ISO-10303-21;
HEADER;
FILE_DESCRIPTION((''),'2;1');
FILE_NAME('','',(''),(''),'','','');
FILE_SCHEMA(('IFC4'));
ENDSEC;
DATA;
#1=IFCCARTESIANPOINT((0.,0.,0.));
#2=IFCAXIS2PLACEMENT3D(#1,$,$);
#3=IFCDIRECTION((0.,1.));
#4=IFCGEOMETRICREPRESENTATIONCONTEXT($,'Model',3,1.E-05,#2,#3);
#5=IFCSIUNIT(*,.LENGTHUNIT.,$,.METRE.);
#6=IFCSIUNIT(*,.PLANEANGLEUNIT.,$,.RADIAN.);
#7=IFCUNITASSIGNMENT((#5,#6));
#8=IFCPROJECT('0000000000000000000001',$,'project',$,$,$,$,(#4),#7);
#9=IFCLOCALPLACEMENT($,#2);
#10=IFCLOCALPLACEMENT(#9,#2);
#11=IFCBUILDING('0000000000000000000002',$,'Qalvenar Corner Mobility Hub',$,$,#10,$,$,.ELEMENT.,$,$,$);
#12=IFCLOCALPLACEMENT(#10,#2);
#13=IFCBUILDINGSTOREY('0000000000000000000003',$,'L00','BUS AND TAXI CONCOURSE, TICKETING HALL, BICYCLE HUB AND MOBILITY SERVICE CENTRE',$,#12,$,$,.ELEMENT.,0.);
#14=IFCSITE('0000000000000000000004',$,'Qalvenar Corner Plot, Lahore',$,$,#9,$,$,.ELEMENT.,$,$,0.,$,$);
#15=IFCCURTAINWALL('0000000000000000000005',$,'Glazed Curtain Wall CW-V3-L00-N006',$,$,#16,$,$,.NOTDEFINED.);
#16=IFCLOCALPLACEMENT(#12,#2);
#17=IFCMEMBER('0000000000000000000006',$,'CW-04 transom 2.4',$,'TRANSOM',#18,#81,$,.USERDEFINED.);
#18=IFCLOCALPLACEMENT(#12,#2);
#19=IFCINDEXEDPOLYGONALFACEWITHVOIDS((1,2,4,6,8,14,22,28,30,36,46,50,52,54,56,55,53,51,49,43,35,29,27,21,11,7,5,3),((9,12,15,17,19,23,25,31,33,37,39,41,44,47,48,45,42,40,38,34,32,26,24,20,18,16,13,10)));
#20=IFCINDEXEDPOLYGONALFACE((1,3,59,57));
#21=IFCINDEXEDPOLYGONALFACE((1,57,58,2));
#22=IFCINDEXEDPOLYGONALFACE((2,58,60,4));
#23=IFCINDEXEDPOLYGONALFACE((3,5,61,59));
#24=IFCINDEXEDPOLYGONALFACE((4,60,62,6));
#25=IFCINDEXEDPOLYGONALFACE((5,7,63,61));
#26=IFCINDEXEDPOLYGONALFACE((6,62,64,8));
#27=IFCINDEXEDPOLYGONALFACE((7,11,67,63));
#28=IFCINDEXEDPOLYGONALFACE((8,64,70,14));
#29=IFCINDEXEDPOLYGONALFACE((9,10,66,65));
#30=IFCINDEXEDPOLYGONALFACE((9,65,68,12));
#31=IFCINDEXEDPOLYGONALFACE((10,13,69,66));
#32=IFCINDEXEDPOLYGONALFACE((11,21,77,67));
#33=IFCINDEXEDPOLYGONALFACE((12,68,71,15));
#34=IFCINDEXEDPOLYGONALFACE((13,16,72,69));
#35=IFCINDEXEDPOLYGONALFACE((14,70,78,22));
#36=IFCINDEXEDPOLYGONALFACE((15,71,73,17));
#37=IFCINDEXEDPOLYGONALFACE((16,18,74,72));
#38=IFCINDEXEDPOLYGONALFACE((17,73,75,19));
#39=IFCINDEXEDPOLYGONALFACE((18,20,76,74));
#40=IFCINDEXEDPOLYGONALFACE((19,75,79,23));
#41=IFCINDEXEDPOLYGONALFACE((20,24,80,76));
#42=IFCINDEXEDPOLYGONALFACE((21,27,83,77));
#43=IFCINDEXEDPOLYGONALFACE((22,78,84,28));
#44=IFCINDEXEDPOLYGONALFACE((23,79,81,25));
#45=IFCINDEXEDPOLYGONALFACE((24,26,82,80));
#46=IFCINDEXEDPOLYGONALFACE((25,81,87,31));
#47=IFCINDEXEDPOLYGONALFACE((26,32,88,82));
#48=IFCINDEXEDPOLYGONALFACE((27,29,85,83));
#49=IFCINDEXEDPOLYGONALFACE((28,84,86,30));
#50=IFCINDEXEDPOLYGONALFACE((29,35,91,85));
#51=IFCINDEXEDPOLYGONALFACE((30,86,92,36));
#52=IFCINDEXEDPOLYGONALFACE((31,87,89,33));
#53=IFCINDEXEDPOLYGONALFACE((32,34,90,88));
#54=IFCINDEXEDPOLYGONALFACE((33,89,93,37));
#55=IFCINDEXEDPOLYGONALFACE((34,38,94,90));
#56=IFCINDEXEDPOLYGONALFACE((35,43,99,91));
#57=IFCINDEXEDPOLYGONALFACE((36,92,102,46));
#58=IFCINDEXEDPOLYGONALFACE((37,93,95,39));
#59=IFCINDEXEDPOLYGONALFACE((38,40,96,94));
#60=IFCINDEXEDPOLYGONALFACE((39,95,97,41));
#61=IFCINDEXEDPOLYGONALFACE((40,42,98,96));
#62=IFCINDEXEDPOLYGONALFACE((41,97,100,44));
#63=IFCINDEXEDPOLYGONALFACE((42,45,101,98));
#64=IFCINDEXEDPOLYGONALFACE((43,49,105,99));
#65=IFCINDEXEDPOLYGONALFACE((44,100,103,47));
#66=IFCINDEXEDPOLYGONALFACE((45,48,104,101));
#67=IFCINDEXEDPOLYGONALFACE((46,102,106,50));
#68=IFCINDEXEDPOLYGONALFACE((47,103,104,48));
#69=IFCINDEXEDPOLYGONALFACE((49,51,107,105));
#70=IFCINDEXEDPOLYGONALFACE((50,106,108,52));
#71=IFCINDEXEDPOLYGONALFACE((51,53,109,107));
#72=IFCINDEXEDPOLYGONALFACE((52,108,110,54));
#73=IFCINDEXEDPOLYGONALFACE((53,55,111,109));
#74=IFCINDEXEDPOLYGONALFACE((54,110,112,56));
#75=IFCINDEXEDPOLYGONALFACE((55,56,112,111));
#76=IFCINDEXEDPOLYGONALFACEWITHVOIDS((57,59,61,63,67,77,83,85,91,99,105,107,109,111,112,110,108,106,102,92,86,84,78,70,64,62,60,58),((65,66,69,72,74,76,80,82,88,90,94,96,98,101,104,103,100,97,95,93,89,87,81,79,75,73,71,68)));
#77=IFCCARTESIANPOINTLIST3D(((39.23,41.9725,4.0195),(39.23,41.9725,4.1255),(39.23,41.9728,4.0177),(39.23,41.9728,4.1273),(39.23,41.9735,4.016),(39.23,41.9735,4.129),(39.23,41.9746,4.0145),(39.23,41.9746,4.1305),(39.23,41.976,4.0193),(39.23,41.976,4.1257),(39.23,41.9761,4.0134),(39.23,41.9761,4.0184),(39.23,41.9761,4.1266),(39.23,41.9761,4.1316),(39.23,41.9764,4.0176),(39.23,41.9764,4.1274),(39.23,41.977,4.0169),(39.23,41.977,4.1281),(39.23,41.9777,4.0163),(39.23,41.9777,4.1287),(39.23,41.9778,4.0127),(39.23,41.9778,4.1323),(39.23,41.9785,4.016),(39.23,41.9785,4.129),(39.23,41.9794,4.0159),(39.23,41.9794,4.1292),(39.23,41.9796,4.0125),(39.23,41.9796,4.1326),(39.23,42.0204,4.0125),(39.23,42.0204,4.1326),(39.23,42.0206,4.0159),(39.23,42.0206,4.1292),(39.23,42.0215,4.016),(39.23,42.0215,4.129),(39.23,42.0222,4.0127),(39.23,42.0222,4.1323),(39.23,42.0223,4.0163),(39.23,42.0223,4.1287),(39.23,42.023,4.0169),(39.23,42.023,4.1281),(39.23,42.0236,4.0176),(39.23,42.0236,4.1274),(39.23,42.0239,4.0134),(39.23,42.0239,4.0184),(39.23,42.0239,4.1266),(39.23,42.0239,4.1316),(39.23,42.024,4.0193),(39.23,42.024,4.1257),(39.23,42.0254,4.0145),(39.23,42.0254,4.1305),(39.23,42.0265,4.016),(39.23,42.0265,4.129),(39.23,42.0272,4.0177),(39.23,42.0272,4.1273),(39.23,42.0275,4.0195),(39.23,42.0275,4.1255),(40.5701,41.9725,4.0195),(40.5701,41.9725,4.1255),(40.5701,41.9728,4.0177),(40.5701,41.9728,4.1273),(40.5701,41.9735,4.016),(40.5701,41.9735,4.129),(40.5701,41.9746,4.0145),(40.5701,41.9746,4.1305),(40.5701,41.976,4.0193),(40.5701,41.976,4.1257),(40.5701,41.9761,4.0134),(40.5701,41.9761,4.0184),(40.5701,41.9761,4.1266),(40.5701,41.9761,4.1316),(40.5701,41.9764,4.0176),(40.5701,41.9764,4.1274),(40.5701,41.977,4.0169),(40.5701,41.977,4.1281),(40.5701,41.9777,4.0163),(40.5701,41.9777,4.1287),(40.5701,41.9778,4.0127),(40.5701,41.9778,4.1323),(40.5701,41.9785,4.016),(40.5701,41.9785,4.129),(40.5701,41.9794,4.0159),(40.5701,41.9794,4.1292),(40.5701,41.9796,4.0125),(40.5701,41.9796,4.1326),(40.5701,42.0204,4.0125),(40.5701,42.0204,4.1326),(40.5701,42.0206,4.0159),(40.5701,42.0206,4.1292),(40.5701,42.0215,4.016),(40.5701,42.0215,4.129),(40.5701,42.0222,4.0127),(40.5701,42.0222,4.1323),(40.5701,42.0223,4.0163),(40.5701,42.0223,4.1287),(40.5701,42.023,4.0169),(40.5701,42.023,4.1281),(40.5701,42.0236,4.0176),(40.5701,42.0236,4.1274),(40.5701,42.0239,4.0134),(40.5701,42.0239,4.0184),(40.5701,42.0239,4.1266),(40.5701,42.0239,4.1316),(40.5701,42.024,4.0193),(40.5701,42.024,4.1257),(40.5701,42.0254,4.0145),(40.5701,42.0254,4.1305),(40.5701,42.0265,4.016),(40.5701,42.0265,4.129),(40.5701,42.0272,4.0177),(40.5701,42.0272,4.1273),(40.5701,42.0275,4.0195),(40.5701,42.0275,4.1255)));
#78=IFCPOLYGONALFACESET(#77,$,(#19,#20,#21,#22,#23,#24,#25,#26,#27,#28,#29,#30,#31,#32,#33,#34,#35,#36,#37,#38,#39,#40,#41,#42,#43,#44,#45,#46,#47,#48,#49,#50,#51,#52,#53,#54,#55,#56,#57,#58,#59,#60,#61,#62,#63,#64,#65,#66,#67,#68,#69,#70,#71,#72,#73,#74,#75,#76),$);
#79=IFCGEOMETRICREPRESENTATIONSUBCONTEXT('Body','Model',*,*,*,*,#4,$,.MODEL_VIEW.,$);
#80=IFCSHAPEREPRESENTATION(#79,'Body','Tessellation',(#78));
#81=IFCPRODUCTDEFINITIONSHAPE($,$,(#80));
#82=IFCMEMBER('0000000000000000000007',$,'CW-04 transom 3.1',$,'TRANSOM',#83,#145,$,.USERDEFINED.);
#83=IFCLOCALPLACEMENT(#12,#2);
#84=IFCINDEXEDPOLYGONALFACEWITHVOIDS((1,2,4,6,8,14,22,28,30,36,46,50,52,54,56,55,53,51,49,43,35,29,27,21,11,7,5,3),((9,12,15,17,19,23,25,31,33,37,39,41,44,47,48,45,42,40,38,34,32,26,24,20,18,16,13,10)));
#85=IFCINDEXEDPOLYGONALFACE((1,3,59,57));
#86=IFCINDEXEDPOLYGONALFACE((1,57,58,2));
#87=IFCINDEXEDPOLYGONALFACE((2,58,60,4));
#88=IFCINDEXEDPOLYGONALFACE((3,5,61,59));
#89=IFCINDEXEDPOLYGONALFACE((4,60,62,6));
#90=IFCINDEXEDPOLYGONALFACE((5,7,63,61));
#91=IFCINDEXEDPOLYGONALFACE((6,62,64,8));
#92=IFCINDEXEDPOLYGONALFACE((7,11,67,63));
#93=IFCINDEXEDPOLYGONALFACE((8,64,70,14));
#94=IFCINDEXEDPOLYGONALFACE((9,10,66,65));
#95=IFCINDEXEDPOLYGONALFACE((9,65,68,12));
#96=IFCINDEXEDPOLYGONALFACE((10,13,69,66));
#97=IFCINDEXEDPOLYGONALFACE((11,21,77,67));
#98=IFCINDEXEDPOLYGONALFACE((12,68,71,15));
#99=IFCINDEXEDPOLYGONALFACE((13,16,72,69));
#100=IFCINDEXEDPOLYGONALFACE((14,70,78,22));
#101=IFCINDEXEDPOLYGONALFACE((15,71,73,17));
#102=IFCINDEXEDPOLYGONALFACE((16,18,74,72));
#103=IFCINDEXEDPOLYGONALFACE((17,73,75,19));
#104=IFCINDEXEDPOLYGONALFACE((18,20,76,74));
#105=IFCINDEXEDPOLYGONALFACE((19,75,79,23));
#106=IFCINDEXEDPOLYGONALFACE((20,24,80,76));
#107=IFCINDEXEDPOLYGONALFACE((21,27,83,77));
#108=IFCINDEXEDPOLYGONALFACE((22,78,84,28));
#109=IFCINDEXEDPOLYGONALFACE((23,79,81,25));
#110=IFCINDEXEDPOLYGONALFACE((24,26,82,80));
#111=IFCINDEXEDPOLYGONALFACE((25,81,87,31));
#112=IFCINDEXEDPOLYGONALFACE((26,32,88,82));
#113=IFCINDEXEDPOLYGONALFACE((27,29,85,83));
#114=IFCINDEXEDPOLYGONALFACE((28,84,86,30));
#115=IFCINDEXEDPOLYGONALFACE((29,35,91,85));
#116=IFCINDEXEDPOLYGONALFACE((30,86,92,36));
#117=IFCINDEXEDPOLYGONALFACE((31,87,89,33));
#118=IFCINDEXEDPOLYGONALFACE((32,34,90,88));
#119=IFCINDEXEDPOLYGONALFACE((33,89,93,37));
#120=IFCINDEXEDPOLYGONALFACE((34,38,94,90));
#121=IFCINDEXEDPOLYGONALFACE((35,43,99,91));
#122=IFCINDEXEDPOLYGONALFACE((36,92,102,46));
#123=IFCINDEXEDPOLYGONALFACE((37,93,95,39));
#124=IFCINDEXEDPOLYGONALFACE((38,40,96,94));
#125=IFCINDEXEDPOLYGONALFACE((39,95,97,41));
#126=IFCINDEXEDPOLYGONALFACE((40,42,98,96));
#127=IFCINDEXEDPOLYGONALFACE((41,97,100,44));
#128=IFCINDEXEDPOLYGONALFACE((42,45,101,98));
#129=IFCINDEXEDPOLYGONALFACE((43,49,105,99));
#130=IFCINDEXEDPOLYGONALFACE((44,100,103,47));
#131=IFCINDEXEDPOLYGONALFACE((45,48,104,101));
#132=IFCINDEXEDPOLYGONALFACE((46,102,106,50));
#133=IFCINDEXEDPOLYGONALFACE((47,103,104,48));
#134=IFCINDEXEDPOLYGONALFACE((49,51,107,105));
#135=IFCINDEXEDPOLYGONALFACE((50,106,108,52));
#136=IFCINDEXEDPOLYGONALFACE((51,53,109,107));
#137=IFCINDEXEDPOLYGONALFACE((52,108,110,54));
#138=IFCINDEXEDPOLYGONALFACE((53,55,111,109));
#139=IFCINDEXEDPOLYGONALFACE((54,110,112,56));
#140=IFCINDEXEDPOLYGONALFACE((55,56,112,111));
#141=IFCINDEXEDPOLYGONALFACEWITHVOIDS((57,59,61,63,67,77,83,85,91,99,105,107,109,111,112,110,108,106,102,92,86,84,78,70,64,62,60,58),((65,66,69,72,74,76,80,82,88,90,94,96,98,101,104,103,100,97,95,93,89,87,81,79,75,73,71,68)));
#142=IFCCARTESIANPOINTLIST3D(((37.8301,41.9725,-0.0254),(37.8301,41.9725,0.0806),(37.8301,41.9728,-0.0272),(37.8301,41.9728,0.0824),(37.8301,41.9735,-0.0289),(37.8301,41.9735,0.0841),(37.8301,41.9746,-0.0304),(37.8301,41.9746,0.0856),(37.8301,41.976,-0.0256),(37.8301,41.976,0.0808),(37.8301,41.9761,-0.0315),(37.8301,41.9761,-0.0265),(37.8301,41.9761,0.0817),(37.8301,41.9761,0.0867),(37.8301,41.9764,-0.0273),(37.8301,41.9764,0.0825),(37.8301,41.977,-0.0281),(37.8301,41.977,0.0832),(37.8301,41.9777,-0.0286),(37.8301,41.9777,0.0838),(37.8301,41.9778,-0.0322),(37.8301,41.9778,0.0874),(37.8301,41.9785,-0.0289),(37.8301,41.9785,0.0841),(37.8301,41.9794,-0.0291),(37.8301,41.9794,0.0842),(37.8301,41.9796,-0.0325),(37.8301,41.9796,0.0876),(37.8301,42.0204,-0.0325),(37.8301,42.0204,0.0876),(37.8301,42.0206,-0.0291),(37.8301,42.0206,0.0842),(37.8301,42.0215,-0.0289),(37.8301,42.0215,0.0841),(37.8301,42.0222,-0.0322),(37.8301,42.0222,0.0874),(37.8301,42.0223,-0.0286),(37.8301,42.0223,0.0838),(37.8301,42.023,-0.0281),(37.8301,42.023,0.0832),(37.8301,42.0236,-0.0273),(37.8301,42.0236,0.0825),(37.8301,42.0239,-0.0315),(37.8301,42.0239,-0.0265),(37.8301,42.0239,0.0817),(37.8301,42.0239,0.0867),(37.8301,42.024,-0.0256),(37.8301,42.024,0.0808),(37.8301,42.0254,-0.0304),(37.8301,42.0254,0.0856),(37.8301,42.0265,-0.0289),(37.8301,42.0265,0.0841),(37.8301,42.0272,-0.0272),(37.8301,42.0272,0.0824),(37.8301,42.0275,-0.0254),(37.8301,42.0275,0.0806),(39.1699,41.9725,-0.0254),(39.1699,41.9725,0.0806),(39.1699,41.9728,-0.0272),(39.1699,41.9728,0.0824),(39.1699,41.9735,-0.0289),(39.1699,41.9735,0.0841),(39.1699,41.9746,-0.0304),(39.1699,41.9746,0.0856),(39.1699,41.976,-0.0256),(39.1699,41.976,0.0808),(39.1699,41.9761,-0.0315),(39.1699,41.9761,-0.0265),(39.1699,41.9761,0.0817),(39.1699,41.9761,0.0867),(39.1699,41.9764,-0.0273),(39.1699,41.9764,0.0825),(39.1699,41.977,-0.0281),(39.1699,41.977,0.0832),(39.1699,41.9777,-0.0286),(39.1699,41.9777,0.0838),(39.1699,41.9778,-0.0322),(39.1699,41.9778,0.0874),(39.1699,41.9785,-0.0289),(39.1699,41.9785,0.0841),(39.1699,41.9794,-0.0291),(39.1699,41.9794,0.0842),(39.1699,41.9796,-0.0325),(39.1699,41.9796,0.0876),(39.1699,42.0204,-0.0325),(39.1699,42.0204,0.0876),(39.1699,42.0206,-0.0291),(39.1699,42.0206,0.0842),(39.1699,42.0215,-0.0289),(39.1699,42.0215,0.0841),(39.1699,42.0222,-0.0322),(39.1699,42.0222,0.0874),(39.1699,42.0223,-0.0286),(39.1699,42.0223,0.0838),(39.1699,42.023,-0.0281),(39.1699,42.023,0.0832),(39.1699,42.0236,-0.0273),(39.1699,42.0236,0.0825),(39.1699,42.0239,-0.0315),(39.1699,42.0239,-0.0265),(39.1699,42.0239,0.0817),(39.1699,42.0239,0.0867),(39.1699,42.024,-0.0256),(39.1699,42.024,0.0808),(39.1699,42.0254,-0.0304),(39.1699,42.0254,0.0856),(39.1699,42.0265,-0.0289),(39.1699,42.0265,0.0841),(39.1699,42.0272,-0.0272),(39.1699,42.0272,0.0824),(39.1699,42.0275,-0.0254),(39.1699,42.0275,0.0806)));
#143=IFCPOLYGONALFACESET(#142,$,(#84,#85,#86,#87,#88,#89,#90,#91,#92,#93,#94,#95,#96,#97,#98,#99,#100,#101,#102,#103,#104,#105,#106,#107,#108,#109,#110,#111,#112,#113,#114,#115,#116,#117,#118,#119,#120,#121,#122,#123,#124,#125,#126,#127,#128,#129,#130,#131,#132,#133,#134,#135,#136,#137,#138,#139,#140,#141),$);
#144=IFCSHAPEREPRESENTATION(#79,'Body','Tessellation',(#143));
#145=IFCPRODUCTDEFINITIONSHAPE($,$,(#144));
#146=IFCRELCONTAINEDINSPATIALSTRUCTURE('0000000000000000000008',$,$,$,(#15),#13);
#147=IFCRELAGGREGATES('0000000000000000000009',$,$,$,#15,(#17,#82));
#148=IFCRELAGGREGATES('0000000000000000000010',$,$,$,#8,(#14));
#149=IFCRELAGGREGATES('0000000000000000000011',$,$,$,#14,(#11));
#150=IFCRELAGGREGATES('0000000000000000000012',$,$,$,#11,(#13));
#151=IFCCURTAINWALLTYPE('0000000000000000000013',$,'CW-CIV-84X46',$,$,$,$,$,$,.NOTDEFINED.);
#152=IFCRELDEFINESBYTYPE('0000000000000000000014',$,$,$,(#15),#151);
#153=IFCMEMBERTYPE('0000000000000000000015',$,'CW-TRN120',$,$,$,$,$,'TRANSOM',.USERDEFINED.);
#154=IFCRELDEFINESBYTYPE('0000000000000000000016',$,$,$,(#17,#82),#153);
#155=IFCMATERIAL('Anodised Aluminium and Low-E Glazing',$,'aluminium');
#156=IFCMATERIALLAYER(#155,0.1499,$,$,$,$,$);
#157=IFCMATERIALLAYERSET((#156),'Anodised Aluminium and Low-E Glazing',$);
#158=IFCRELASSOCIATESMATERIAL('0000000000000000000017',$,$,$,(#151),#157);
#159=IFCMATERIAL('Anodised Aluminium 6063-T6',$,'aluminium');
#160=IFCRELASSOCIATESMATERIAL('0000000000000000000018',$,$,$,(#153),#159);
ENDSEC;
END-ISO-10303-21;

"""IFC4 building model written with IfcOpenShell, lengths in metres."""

from ifc_helpers import new_model, si_unit, direction, frame, origin, origin_2d, place, context, subcontext, project, spatial, hollow_rectangle, extrude, material, layer, layer_set, material_profile, profile_set, type_object, element, aggregate, save


model = new_model("IFC4")

# Units and contexts
model_context = context("Model", 3, precision=1e-05, world=origin(), true_north=direction((0.0, 1.0)))
body_context = subcontext(model_context, "Body", "Model", "MODEL_VIEW")
ifc_project = project(units=[si_unit("LENGTHUNIT", "METRE"), si_unit("PLANEANGLEUNIT", "RADIAN")], contexts=[model_context])

# Site, building, storey
site_placement = place(None, origin())
site = spatial("IfcSite", under=ifc_project, at=site_placement, Name="Qalvenar Corner Plot, Lahore", CompositionType="ELEMENT", RefElevation=0.0)
building_placement = place(site_placement, origin())
building = spatial("IfcBuilding", under=site, at=building_placement, Name="Qalvenar Corner Mobility Hub", CompositionType="ELEMENT")
storey_placement = place(building_placement, origin())
storey = spatial("IfcBuildingStorey", under=building, at=storey_placement, Name="L00", Description="BUS AND TAXI CONCOURSE, TICKETING HALL, BICYCLE HUB AND MOBILITY SERVICE CENTRE", CompositionType="ELEMENT", Elevation=0.0)

# Curtain wall, members
ifc_material_1 = material(Name="Anodised Aluminium and Low-E Glazing", Category="aluminium")
ifc_layer_1 = layer(ifc_material_1, 0.1499)
ifc_layer_set_1 = layer_set([ifc_layer_1], Name="Anodised Aluminium and Low-E Glazing")
curtain_wall_type = type_object("IfcCurtainWallType", Name="CW-CIV-84X46", PredefinedType="NOTDEFINED", material=ifc_layer_set_1)
curtain_wall_placement = place(storey_placement, origin())
curtain_wall = element("IfcCurtainWall", 1, at=curtain_wall_placement, inside=storey, type_object=curtain_wall_type, Name="Glazed Curtain Wall CW-V3-L00-N006", PredefinedType="NOTDEFINED")
ifc_material_2 = material(Name="Anodised Aluminium 6063-T6", Category="aluminium")
ifc_material_profile_1 = material_profile(ifc_material_2, hollow_rectangle(XDim=0.0549, YDim=0.1201, WallThickness=0.0034, InnerFilletRadius=0.0034, OuterFilletRadius=0.0071, at=origin_2d()), Name="RHS120x55x3.5")
ifc_profile_set_1 = profile_set([ifc_material_profile_1], Name="Anodised Aluminium 6063-T6")
member_type_1 = type_object("IfcMemberType", Name="CW-TRN120", ElementType="TRANSOM", PredefinedType="USERDEFINED", material=ifc_profile_set_1)
member_1_placement = place(storey_placement, frame((40.5701, 42.0, 4.0725), z_axis=(-1.0, 0.0, 0.0), x_axis=(0.0, -1.0, 0.0)))
member_1 = element("IfcMember", 2, at=member_1_placement, type_object=member_type_1, Name="CW-04 transom 2.4", ObjectType="TRANSOM", PredefinedType="USERDEFINED", context=body_context, shape_type="SweptSolid", body=[
    extrude(hollow_rectangle(XDim=0.0549, YDim=0.1201, WallThickness=0.0034, InnerFilletRadius=0.0034, OuterFilletRadius=0.0071, at=origin_2d()), origin(), (0.0, 0.0, 1.0), 1.3401),
])
member_2_placement = place(storey_placement, frame((39.1699, 42.0, 0.0276), z_axis=(-1.0, 0.0, 0.0), x_axis=(0.0, -1.0, 0.0)))
member_2 = element("IfcMember", 3, at=member_2_placement, type_object=member_type_1, Name="CW-04 transom 3.1", ObjectType="TRANSOM", PredefinedType="USERDEFINED", context=body_context, shape_type="SweptSolid", body=[
    extrude(hollow_rectangle(XDim=0.0549, YDim=0.1201, WallThickness=0.0034, InnerFilletRadius=0.0034, OuterFilletRadius=0.0071, at=origin_2d()), origin(), (0.0, 0.0, 1.0), 1.3398),
])
aggregate(curtain_wall, [member_1, member_2])

save(model, "model.ifc")
